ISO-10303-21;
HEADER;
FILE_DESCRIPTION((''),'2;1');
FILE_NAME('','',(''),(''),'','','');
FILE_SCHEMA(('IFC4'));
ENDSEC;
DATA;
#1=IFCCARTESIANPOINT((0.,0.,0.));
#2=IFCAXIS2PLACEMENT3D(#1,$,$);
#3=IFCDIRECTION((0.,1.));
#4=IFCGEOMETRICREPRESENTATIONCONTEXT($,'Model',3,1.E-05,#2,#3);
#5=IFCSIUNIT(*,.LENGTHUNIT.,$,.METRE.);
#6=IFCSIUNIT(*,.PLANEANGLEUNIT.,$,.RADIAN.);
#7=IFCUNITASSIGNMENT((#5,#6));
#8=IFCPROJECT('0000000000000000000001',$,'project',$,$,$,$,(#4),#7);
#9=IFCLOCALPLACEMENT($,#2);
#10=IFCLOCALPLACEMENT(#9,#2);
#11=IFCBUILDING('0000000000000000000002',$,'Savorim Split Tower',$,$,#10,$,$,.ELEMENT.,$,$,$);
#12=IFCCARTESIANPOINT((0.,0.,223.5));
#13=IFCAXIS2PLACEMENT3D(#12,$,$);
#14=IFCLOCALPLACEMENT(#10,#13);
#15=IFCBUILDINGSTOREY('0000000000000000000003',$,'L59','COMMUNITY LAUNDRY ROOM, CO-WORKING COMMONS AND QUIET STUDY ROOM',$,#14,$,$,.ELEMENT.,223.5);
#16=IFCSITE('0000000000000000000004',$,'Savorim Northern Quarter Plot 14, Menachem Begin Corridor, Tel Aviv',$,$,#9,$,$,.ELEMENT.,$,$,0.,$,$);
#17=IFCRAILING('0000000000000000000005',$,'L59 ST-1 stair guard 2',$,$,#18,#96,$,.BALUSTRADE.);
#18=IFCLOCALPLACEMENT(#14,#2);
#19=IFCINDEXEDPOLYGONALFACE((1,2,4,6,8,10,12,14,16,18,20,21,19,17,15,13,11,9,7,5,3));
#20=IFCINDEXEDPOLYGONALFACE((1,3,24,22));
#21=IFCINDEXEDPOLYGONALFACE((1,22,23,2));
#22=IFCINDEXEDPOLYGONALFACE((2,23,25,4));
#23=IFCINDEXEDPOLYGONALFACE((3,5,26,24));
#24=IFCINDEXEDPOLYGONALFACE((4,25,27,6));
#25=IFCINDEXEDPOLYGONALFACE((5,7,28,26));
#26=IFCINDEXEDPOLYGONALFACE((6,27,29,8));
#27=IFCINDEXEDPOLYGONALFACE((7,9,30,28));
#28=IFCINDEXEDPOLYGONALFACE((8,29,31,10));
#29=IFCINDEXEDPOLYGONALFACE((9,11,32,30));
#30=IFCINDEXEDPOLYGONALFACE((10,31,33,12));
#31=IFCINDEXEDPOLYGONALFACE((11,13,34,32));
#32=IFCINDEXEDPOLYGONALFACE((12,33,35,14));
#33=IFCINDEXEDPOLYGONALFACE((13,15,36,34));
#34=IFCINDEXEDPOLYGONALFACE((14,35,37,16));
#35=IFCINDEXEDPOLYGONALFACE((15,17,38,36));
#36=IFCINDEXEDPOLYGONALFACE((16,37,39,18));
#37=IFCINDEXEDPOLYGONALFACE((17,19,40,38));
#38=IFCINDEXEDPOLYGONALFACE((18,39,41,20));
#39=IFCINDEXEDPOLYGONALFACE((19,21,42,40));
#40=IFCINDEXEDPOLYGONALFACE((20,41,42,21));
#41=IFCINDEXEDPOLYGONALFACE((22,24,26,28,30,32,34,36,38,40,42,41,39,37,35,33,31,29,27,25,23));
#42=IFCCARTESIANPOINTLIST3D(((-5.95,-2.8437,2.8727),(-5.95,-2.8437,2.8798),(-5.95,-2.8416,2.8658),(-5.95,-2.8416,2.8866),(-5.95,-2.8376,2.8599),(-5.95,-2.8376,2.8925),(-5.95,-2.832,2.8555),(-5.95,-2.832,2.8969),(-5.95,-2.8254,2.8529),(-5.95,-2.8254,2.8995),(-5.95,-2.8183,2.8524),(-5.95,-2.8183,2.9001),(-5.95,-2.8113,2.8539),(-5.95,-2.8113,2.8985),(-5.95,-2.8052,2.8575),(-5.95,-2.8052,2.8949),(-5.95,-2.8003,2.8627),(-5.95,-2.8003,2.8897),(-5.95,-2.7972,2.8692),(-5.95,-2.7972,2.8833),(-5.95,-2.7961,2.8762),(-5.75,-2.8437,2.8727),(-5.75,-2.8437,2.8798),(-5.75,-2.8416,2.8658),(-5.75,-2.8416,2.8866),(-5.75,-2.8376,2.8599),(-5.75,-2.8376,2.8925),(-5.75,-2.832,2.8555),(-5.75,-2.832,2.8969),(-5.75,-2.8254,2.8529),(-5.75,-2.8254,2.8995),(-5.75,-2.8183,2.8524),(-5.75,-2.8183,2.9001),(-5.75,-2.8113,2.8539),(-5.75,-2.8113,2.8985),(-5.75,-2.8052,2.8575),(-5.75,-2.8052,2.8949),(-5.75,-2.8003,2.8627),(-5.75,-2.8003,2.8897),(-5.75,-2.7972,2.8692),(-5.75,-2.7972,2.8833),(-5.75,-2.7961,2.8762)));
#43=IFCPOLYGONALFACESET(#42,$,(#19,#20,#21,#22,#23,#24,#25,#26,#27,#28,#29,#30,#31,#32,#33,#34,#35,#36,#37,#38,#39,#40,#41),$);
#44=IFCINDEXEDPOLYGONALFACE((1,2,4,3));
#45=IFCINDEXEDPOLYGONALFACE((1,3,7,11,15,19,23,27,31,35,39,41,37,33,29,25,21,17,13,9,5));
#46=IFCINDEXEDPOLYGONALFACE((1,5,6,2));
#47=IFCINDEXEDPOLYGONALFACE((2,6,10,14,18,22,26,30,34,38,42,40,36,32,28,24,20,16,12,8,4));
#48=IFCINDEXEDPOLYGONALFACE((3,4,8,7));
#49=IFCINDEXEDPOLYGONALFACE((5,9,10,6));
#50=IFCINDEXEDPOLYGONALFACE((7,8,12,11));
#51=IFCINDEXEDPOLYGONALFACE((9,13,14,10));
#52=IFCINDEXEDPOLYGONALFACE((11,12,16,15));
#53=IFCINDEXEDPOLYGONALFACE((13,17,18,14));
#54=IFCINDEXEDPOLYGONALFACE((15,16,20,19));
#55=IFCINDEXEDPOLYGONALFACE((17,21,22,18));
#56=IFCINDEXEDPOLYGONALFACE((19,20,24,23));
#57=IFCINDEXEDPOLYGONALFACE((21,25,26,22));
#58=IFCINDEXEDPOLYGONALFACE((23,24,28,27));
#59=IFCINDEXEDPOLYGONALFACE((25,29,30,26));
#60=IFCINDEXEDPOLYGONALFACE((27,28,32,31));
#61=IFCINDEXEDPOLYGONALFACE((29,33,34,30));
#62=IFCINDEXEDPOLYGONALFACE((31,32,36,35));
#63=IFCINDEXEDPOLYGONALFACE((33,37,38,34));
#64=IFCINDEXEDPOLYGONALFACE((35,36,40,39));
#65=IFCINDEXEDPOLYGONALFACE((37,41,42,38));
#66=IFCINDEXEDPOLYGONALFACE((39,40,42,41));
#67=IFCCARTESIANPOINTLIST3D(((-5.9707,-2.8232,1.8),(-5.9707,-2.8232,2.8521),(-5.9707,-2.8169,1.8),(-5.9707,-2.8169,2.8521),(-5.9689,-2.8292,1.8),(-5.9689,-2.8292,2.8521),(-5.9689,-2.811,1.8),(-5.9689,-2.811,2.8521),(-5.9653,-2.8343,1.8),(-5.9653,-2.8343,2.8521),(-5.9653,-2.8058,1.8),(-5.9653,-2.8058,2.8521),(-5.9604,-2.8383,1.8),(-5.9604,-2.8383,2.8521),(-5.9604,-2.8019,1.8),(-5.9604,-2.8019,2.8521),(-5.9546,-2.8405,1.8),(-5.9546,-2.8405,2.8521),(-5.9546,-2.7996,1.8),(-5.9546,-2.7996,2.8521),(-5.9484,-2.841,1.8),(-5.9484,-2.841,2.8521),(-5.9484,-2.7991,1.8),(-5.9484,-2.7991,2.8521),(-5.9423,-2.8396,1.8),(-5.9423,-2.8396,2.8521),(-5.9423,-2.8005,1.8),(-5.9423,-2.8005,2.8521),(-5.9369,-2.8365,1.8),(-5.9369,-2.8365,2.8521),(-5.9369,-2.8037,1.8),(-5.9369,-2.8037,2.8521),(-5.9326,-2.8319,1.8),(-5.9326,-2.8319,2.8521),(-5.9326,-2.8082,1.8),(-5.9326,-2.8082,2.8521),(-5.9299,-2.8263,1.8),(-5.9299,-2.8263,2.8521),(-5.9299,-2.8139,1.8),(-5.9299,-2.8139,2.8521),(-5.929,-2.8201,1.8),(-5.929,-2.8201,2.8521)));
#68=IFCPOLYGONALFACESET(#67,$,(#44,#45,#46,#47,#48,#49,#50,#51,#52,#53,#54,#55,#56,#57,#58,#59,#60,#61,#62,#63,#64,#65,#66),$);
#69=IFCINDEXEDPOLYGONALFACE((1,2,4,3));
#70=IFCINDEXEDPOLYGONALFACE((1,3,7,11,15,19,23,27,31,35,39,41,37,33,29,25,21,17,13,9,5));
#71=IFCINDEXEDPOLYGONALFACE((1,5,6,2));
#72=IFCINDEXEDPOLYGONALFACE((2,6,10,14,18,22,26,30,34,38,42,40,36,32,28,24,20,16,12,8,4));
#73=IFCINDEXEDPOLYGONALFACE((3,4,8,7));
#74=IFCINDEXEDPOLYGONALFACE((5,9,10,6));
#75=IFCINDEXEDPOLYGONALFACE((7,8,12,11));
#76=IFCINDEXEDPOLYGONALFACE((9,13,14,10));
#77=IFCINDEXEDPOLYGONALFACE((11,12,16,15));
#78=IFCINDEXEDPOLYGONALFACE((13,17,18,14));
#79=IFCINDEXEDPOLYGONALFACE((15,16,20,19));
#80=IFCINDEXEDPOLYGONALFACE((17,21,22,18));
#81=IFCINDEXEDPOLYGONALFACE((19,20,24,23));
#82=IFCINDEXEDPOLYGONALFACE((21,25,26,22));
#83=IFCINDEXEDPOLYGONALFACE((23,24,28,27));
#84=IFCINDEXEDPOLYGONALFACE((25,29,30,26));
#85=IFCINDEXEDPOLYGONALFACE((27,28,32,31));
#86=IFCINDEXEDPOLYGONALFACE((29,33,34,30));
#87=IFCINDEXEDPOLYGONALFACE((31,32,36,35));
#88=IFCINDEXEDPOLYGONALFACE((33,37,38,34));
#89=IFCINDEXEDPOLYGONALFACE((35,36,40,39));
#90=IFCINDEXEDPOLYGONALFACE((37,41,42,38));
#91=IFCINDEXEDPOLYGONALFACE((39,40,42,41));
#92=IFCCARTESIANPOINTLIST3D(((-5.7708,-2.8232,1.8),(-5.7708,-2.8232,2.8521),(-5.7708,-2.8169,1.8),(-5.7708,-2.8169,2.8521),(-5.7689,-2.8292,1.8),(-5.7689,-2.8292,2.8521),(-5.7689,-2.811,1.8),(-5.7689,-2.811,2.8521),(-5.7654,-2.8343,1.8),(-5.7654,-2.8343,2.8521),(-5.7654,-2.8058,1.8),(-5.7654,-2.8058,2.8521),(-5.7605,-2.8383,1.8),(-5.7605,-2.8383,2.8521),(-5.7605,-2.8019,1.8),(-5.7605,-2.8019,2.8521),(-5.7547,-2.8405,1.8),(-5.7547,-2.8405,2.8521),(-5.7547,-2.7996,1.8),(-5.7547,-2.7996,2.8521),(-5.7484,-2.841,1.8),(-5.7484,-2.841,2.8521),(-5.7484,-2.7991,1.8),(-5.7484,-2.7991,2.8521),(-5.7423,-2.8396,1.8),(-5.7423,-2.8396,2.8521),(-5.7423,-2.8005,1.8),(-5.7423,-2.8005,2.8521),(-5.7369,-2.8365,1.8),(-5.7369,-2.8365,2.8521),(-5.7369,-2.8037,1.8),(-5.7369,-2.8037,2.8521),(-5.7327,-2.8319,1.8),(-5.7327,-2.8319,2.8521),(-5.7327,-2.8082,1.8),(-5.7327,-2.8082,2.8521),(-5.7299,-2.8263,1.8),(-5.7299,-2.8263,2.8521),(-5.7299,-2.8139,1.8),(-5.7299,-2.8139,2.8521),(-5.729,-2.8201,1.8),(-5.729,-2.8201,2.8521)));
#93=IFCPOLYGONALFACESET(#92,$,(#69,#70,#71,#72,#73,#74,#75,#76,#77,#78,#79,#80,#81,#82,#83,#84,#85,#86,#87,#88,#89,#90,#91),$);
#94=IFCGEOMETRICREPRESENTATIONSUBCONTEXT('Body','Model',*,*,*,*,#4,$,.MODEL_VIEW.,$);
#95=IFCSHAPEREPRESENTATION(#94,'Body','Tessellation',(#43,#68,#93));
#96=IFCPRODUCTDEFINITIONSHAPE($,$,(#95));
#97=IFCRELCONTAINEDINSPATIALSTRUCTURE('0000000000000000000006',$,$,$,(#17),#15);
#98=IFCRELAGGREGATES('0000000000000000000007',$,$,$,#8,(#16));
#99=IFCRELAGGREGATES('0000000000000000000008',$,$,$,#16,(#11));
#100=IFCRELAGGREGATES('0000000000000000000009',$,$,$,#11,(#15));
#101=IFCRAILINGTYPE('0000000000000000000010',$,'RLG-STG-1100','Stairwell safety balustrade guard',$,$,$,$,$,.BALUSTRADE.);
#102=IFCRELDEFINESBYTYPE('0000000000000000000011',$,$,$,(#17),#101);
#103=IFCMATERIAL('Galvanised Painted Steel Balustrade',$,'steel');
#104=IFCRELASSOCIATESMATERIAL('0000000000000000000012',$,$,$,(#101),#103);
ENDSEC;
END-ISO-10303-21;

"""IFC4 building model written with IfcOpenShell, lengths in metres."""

from ifc_helpers import new_model, si_unit, direction, frame, origin, origin_2d, place, context, subcontext, project, spatial, circle, extrude, material, type_object, element, save


model = new_model("IFC4")

# Units and contexts
model_context = context("Model", 3, precision=1e-05, world=origin(), true_north=direction((0.0, 1.0)))
body_context = subcontext(model_context, "Body", "Model", "MODEL_VIEW")
ifc_project = project(units=[si_unit("LENGTHUNIT", "METRE"), si_unit("PLANEANGLEUNIT", "RADIAN")], contexts=[model_context])

# Site, building, storey
site_placement = place(None, origin())
site = spatial("IfcSite", under=ifc_project, at=site_placement, Name="Savorim Northern Quarter Plot 14, Menachem Begin Corridor, Tel Aviv", CompositionType="ELEMENT", RefElevation=0.0)
building_placement = place(site_placement, origin())
building = spatial("IfcBuilding", under=site, at=building_placement, Name="Savorim Split Tower", CompositionType="ELEMENT")
storey_placement = place(building_placement, frame((0.0, 0.0, 223.5)))
storey = spatial("IfcBuildingStorey", under=building, at=storey_placement, Name="L59", Description="COMMUNITY LAUNDRY ROOM, CO-WORKING COMMONS AND QUIET STUDY ROOM", CompositionType="ELEMENT", Elevation=223.5)

# Railing
ifc_material_1 = material(Name="Galvanised Painted Steel Balustrade", Category="steel")
railing_type_1 = type_object("IfcRailingType", Name="RLG-STG-1100", Description="Stairwell safety balustrade guard", PredefinedType="BALUSTRADE", material=ifc_material_1)
railing_1_placement = place(storey_placement, frame((-5.95, -2.8201, 1.8)))
element("IfcRailing", 1, at=railing_1_placement, inside=storey, type_object=railing_type_1, Name="L59 ST-1 stair guard 2", PredefinedType="BALUSTRADE", context=body_context, shape_type="SweptSolid", body=[
    extrude(circle(Radius=0.0239, at=origin_2d()), frame((0.0, 0.0, 1.0762), z_axis=(1.0, 0.0, 0.0), x_axis=(0.0, 1.0, 0.0)), (0.0, 0.0, 1.0), 0.2),
    extrude(circle(Radius=0.021, at=origin_2d()), origin(), (0.0, 0.0, 1.0), 1.052),
    extrude(circle(Radius=0.021, at=origin_2d()), frame((0.2, 0.0, 0.0)), (0.0, 0.0, 1.0), 1.052),
])

save(model, "model.ifc")
